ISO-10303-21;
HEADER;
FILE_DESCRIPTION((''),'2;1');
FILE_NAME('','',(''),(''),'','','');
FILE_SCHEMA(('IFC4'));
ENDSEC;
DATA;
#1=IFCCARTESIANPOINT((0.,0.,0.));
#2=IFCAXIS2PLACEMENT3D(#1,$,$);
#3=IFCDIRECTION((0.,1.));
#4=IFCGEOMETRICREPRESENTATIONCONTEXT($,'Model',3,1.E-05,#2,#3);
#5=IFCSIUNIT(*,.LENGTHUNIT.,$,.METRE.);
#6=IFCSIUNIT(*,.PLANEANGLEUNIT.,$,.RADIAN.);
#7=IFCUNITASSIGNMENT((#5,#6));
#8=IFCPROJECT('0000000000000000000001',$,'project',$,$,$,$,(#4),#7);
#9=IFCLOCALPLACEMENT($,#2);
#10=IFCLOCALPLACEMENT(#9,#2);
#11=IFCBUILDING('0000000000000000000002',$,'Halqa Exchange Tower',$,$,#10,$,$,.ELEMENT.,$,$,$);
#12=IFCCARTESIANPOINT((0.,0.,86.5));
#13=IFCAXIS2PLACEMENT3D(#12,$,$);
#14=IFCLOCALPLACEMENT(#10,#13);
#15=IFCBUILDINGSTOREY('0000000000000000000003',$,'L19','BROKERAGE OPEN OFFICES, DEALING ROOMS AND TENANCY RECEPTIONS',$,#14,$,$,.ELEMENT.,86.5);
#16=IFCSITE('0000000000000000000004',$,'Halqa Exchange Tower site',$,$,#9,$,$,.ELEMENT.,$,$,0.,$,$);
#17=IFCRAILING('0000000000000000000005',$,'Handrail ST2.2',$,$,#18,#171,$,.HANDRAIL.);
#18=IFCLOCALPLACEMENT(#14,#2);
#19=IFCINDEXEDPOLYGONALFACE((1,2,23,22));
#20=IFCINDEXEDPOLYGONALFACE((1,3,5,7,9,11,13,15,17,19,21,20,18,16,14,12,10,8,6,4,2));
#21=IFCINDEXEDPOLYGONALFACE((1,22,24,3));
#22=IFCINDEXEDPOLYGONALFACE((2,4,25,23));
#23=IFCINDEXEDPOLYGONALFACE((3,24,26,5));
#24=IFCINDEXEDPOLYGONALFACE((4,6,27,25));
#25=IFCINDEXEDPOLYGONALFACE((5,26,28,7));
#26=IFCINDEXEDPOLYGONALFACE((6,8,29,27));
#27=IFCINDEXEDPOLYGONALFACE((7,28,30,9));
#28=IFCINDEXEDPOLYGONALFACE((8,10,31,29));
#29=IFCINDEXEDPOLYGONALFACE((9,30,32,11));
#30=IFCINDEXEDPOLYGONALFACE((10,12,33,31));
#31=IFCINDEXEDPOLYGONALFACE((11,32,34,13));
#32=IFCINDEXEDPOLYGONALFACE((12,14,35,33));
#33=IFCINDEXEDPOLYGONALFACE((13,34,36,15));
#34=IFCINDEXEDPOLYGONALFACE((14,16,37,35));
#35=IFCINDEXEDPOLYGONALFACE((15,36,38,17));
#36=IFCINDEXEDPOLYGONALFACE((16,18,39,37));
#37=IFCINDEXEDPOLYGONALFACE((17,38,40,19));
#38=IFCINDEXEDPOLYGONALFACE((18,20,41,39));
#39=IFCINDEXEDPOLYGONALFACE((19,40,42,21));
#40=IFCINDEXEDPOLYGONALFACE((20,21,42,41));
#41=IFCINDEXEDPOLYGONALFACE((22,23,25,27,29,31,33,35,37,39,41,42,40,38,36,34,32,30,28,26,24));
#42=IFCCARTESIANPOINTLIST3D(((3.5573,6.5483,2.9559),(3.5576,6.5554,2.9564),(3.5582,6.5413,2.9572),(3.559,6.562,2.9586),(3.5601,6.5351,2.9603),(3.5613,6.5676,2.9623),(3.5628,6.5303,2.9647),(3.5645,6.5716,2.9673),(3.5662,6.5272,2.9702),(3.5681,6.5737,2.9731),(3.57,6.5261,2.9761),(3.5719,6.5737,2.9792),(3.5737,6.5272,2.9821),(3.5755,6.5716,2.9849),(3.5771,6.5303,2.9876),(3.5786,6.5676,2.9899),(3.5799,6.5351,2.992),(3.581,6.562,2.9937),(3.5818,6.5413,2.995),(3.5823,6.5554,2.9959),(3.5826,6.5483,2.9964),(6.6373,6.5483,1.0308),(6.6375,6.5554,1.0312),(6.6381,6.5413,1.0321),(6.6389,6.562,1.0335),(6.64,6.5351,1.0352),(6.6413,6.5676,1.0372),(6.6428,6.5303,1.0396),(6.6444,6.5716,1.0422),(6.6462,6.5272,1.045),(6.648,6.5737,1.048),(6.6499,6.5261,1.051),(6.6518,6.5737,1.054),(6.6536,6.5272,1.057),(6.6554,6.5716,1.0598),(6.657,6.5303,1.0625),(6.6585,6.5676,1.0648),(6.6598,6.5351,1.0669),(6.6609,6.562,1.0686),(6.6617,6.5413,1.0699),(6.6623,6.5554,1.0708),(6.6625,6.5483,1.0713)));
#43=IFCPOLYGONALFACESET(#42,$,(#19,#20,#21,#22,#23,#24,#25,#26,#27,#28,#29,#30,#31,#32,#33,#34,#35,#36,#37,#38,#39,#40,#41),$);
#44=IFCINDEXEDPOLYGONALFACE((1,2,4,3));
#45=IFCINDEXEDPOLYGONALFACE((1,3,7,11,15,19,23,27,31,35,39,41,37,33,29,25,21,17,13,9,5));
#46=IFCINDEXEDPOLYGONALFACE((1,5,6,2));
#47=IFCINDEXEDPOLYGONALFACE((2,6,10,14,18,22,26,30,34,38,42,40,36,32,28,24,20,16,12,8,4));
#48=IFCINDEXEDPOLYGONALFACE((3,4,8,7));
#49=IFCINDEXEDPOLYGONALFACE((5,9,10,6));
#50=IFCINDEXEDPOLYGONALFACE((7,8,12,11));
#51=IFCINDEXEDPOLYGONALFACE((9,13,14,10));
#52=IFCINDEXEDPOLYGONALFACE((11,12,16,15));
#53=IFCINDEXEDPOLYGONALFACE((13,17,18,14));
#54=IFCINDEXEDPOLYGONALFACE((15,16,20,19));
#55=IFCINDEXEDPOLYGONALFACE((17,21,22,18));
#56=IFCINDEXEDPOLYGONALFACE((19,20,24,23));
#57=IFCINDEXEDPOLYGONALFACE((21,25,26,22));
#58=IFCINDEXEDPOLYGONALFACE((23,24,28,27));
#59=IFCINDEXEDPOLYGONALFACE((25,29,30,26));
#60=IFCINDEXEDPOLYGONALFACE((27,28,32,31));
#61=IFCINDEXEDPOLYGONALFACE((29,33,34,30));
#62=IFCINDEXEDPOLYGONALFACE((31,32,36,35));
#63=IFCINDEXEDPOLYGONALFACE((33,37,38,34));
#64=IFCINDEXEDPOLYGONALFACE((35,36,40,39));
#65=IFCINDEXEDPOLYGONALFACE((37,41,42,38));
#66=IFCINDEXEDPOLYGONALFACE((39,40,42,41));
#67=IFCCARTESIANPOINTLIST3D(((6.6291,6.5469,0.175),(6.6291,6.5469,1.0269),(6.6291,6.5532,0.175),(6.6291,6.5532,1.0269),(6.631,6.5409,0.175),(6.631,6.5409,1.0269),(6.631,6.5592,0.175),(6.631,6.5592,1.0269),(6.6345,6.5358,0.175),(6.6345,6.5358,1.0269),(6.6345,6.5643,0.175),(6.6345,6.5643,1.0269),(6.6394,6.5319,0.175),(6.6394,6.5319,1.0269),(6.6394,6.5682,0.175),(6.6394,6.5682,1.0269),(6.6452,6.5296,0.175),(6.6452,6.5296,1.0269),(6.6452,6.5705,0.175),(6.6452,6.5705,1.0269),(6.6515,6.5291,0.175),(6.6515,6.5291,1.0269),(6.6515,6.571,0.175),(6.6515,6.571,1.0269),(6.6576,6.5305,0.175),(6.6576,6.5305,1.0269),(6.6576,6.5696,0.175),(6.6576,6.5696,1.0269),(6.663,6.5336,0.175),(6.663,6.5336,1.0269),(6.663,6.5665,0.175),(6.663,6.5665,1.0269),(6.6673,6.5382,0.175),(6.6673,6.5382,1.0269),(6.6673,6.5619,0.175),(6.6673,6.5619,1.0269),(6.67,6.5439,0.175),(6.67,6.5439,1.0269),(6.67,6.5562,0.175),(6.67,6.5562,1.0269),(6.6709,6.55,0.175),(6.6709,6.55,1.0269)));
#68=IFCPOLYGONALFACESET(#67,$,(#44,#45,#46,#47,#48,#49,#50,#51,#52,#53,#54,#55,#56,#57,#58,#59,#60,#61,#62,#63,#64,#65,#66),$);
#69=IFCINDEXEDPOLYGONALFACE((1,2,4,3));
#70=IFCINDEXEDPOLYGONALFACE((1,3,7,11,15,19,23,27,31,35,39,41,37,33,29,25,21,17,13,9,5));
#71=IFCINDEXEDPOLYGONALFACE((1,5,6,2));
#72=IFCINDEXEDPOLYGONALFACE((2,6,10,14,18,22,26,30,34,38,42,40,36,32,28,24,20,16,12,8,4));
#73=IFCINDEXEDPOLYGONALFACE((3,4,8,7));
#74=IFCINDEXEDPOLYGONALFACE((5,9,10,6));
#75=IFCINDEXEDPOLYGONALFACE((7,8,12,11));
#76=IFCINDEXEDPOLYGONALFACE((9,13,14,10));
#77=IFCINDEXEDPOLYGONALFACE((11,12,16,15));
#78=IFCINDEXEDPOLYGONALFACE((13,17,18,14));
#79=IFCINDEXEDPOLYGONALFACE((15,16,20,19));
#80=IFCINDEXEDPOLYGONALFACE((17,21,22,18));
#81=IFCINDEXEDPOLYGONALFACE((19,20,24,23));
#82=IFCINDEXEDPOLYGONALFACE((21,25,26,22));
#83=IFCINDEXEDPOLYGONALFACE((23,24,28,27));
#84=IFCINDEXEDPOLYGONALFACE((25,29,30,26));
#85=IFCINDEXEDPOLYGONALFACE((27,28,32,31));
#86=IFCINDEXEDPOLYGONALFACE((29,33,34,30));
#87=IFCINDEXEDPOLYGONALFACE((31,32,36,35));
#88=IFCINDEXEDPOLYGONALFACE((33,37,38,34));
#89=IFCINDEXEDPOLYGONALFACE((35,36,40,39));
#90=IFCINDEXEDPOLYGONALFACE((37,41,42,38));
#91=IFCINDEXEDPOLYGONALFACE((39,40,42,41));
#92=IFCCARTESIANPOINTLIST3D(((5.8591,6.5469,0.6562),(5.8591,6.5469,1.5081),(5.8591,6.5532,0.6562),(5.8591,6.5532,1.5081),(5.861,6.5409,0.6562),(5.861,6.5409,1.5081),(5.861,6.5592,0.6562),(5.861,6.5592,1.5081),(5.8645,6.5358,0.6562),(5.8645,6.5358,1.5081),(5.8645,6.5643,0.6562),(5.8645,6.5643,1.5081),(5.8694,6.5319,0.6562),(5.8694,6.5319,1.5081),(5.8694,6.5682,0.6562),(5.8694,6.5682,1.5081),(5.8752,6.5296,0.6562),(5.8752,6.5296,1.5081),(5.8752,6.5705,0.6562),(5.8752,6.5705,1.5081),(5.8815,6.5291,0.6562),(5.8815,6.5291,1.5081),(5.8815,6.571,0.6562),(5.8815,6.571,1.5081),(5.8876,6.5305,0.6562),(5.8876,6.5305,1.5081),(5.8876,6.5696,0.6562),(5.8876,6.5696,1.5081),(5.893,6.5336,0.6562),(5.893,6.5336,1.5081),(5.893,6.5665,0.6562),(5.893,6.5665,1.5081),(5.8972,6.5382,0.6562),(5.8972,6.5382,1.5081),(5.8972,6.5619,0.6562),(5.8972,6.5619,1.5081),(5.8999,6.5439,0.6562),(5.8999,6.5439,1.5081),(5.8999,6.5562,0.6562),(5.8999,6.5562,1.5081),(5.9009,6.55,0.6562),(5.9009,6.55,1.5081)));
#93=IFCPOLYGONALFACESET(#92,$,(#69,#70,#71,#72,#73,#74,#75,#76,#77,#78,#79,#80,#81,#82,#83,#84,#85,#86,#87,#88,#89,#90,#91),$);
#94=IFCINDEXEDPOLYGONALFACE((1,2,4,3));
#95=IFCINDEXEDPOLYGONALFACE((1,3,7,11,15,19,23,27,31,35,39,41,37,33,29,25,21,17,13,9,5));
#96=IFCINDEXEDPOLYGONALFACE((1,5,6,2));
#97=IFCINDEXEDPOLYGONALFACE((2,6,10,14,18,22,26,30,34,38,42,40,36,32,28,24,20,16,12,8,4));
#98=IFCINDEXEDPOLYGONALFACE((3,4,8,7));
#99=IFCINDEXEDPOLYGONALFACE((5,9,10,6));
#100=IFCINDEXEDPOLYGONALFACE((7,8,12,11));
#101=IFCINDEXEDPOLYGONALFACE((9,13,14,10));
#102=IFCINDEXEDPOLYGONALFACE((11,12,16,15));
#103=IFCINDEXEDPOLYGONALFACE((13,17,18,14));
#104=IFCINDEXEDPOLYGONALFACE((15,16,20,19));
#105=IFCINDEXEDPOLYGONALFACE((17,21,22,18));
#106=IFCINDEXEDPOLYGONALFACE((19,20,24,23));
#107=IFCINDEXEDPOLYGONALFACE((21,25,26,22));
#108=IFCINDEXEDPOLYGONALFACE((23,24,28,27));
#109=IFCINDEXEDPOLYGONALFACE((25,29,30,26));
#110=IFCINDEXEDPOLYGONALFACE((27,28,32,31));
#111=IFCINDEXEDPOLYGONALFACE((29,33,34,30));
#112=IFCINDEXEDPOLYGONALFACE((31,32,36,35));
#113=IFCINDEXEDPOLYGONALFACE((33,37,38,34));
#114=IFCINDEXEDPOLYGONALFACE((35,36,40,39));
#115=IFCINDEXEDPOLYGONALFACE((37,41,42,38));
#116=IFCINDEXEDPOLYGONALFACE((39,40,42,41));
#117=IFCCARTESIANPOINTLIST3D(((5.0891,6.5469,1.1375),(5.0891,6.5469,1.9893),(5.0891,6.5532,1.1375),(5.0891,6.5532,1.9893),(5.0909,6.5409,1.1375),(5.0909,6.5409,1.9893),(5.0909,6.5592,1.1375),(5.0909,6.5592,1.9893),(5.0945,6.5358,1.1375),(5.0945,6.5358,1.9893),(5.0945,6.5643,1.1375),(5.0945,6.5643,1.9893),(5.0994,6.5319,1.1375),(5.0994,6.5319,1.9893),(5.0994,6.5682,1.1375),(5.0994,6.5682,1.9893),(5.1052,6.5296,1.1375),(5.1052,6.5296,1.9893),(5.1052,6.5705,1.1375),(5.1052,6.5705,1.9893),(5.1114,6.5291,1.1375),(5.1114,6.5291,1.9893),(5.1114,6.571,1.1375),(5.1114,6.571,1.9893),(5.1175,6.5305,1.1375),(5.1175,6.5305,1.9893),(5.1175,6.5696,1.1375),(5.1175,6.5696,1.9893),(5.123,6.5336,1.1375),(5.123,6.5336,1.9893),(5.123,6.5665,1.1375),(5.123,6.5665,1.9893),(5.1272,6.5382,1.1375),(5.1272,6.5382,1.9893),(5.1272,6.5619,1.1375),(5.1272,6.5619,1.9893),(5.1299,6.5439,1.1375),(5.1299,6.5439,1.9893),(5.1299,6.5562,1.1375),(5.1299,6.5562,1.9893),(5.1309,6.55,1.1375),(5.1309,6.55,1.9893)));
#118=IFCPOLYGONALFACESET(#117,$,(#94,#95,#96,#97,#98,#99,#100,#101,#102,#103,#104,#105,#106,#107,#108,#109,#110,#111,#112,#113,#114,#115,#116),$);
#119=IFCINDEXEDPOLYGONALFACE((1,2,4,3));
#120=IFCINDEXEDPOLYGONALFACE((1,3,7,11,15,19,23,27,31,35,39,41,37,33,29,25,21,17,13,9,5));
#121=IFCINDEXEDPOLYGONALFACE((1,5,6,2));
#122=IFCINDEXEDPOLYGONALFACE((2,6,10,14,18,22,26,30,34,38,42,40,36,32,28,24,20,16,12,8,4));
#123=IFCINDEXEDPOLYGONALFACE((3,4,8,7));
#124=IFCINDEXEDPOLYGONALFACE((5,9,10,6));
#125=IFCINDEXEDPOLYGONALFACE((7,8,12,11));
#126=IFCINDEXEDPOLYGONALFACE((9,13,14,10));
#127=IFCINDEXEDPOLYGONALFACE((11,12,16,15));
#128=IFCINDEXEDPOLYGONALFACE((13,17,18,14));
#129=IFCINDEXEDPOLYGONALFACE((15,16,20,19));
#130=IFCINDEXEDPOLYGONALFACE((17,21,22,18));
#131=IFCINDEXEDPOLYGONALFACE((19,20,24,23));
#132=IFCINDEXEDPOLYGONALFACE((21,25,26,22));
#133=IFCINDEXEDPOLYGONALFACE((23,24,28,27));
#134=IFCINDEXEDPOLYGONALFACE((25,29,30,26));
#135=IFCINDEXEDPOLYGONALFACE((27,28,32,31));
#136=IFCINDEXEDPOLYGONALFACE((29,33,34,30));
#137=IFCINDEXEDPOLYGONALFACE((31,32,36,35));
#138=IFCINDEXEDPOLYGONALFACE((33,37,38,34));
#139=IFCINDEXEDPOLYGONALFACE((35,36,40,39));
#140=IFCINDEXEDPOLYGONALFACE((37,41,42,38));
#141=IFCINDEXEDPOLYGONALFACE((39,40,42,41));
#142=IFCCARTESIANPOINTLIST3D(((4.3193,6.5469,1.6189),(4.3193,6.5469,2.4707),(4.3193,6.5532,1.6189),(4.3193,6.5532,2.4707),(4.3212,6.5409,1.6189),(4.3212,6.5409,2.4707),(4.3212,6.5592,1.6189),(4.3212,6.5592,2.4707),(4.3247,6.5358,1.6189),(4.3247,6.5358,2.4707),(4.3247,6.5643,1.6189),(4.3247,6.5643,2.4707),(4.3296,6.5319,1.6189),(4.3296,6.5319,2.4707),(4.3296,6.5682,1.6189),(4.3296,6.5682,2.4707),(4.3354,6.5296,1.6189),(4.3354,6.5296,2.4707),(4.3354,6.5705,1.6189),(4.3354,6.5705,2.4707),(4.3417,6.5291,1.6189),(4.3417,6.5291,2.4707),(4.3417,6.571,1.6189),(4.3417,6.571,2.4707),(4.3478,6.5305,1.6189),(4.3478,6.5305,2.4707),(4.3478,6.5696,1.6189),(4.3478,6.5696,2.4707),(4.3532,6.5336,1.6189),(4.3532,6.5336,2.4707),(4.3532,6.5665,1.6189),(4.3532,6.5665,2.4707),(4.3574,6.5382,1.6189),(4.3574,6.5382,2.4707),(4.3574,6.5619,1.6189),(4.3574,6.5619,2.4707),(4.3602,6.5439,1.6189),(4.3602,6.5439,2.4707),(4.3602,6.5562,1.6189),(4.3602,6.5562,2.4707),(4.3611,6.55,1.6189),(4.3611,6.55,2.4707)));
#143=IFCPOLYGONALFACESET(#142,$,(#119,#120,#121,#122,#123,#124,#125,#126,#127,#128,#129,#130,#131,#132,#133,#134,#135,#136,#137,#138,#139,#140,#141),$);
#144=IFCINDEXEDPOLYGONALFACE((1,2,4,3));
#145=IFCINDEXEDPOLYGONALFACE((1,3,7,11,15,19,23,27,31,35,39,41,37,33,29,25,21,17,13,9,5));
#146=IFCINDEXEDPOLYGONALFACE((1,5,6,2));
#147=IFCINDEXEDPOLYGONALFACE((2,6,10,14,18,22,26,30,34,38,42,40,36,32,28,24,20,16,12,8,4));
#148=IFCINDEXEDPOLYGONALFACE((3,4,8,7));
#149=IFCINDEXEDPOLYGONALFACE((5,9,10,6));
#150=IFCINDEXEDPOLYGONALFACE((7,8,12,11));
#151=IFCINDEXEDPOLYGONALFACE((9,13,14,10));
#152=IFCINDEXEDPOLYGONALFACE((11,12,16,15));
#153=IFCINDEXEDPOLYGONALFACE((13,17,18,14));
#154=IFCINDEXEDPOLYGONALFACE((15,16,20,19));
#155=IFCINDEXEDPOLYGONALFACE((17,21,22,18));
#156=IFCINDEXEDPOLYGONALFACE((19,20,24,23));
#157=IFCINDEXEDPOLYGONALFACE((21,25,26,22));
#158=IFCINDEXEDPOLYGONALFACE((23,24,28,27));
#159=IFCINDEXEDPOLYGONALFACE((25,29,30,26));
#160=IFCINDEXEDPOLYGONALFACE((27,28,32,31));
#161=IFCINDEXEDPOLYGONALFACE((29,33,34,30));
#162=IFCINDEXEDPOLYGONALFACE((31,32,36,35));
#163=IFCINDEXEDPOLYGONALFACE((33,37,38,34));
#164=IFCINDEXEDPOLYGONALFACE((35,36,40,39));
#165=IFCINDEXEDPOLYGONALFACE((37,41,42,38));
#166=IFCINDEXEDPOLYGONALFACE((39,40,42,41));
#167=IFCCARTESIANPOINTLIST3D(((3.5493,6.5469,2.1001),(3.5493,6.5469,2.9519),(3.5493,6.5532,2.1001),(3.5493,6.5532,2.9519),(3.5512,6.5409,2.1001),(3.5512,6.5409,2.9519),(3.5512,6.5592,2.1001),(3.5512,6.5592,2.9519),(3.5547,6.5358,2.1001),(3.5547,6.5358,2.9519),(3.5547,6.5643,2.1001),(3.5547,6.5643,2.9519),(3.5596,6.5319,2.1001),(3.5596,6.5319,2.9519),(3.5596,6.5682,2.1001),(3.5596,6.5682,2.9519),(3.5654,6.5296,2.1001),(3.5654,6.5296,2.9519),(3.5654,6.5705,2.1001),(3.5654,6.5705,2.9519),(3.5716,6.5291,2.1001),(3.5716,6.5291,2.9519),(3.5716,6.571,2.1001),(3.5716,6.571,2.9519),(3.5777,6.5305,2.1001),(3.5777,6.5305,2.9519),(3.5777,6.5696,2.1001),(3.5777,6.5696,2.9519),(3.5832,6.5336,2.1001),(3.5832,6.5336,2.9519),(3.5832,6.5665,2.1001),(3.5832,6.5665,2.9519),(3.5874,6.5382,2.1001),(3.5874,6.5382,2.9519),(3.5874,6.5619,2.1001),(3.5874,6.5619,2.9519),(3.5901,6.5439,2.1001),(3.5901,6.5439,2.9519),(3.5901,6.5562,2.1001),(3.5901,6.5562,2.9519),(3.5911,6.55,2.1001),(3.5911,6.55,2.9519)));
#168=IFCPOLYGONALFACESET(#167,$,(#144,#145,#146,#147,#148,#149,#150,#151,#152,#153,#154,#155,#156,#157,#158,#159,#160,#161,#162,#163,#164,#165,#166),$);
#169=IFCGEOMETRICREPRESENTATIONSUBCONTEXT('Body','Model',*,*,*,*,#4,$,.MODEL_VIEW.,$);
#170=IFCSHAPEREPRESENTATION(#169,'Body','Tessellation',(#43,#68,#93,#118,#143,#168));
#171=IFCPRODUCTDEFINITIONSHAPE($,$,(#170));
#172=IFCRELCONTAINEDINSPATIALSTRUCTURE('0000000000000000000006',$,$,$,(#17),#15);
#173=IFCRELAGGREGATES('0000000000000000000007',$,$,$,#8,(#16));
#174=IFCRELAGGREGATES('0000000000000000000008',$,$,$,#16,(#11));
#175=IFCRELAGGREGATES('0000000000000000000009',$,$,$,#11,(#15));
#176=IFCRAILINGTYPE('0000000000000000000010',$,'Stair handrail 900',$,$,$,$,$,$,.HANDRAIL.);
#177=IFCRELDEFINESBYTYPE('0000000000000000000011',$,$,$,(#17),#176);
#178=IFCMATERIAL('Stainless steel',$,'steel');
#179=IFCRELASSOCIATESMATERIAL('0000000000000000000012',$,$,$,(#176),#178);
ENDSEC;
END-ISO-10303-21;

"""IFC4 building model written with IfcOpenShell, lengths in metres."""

from ifc_helpers import new_model, si_unit, direction, frame, origin, origin_2d, place, context, subcontext, project, spatial, circle, extrude, material, type_object, element, save


model = new_model("IFC4")

# Units and contexts
model_context = context("Model", 3, precision=1e-05, world=origin(), true_north=direction((0.0, 1.0)))
body_context = subcontext(model_context, "Body", "Model", "MODEL_VIEW")
ifc_project = project(units=[si_unit("LENGTHUNIT", "METRE"), si_unit("PLANEANGLEUNIT", "RADIAN")], contexts=[model_context])

# Site, building, storey
site_placement = place(None, origin())
site = spatial("IfcSite", under=ifc_project, at=site_placement, Name="Halqa Exchange Tower site", CompositionType="ELEMENT", RefElevation=0.0)
building_placement = place(site_placement, origin())
building = spatial("IfcBuilding", under=site, at=building_placement, Name="Halqa Exchange Tower", CompositionType="ELEMENT")
storey_placement = place(building_placement, frame((0.0, 0.0, 86.5)))
storey = spatial("IfcBuildingStorey", under=building, at=storey_placement, Name="L19", Description="BROKERAGE OPEN OFFICES, DEALING ROOMS AND TENANCY RECEPTIONS", CompositionType="ELEMENT", Elevation=86.5)

# Railing
ifc_material_1 = material(Name="Stainless steel", Category="steel")
railing_type_1 = type_object("IfcRailingType", Name="Stair handrail 900", PredefinedType="HANDRAIL", material=ifc_material_1)
railing_1_placement = place(storey_placement, frame((6.6499, 6.55, 0.175)))
element("IfcRailing", 1, at=railing_1_placement, inside=storey, type_object=railing_type_1, Name="Handrail ST2.2", PredefinedType="HANDRAIL", context=body_context, shape_type="SweptSolid", body=[
    extrude(circle(Radius=0.0239, at=origin_2d()), frame((0.0, 0.0, 0.876), z_axis=(-0.847979, 0.0, 0.530029), x_axis=(0.0, -1.0, 0.0)), (0.0, 0.0, 1.0), 3.6321),
    extrude(circle(Radius=0.021, at=origin_2d()), origin(), (0.0, 0.0, 1.0), 0.8518),
    extrude(circle(Radius=0.021, at=origin_2d()), frame((-0.77, 0.0, 0.4812)), (0.0, 0.0, 1.0), 0.8518),
    extrude(circle(Radius=0.021, at=origin_2d()), frame((-1.54, 0.0, 0.9624)), (0.0, 0.0, 1.0), 0.8518),
    extrude(circle(Radius=0.021, at=origin_2d()), frame((-2.3098, 0.0, 1.4438)), (0.0, 0.0, 1.0), 0.8518),
    extrude(circle(Radius=0.021, at=origin_2d()), frame((-3.0798, 0.0, 1.925)), (0.0, 0.0, 1.0), 0.8518),
])

save(model, "model.ifc")
